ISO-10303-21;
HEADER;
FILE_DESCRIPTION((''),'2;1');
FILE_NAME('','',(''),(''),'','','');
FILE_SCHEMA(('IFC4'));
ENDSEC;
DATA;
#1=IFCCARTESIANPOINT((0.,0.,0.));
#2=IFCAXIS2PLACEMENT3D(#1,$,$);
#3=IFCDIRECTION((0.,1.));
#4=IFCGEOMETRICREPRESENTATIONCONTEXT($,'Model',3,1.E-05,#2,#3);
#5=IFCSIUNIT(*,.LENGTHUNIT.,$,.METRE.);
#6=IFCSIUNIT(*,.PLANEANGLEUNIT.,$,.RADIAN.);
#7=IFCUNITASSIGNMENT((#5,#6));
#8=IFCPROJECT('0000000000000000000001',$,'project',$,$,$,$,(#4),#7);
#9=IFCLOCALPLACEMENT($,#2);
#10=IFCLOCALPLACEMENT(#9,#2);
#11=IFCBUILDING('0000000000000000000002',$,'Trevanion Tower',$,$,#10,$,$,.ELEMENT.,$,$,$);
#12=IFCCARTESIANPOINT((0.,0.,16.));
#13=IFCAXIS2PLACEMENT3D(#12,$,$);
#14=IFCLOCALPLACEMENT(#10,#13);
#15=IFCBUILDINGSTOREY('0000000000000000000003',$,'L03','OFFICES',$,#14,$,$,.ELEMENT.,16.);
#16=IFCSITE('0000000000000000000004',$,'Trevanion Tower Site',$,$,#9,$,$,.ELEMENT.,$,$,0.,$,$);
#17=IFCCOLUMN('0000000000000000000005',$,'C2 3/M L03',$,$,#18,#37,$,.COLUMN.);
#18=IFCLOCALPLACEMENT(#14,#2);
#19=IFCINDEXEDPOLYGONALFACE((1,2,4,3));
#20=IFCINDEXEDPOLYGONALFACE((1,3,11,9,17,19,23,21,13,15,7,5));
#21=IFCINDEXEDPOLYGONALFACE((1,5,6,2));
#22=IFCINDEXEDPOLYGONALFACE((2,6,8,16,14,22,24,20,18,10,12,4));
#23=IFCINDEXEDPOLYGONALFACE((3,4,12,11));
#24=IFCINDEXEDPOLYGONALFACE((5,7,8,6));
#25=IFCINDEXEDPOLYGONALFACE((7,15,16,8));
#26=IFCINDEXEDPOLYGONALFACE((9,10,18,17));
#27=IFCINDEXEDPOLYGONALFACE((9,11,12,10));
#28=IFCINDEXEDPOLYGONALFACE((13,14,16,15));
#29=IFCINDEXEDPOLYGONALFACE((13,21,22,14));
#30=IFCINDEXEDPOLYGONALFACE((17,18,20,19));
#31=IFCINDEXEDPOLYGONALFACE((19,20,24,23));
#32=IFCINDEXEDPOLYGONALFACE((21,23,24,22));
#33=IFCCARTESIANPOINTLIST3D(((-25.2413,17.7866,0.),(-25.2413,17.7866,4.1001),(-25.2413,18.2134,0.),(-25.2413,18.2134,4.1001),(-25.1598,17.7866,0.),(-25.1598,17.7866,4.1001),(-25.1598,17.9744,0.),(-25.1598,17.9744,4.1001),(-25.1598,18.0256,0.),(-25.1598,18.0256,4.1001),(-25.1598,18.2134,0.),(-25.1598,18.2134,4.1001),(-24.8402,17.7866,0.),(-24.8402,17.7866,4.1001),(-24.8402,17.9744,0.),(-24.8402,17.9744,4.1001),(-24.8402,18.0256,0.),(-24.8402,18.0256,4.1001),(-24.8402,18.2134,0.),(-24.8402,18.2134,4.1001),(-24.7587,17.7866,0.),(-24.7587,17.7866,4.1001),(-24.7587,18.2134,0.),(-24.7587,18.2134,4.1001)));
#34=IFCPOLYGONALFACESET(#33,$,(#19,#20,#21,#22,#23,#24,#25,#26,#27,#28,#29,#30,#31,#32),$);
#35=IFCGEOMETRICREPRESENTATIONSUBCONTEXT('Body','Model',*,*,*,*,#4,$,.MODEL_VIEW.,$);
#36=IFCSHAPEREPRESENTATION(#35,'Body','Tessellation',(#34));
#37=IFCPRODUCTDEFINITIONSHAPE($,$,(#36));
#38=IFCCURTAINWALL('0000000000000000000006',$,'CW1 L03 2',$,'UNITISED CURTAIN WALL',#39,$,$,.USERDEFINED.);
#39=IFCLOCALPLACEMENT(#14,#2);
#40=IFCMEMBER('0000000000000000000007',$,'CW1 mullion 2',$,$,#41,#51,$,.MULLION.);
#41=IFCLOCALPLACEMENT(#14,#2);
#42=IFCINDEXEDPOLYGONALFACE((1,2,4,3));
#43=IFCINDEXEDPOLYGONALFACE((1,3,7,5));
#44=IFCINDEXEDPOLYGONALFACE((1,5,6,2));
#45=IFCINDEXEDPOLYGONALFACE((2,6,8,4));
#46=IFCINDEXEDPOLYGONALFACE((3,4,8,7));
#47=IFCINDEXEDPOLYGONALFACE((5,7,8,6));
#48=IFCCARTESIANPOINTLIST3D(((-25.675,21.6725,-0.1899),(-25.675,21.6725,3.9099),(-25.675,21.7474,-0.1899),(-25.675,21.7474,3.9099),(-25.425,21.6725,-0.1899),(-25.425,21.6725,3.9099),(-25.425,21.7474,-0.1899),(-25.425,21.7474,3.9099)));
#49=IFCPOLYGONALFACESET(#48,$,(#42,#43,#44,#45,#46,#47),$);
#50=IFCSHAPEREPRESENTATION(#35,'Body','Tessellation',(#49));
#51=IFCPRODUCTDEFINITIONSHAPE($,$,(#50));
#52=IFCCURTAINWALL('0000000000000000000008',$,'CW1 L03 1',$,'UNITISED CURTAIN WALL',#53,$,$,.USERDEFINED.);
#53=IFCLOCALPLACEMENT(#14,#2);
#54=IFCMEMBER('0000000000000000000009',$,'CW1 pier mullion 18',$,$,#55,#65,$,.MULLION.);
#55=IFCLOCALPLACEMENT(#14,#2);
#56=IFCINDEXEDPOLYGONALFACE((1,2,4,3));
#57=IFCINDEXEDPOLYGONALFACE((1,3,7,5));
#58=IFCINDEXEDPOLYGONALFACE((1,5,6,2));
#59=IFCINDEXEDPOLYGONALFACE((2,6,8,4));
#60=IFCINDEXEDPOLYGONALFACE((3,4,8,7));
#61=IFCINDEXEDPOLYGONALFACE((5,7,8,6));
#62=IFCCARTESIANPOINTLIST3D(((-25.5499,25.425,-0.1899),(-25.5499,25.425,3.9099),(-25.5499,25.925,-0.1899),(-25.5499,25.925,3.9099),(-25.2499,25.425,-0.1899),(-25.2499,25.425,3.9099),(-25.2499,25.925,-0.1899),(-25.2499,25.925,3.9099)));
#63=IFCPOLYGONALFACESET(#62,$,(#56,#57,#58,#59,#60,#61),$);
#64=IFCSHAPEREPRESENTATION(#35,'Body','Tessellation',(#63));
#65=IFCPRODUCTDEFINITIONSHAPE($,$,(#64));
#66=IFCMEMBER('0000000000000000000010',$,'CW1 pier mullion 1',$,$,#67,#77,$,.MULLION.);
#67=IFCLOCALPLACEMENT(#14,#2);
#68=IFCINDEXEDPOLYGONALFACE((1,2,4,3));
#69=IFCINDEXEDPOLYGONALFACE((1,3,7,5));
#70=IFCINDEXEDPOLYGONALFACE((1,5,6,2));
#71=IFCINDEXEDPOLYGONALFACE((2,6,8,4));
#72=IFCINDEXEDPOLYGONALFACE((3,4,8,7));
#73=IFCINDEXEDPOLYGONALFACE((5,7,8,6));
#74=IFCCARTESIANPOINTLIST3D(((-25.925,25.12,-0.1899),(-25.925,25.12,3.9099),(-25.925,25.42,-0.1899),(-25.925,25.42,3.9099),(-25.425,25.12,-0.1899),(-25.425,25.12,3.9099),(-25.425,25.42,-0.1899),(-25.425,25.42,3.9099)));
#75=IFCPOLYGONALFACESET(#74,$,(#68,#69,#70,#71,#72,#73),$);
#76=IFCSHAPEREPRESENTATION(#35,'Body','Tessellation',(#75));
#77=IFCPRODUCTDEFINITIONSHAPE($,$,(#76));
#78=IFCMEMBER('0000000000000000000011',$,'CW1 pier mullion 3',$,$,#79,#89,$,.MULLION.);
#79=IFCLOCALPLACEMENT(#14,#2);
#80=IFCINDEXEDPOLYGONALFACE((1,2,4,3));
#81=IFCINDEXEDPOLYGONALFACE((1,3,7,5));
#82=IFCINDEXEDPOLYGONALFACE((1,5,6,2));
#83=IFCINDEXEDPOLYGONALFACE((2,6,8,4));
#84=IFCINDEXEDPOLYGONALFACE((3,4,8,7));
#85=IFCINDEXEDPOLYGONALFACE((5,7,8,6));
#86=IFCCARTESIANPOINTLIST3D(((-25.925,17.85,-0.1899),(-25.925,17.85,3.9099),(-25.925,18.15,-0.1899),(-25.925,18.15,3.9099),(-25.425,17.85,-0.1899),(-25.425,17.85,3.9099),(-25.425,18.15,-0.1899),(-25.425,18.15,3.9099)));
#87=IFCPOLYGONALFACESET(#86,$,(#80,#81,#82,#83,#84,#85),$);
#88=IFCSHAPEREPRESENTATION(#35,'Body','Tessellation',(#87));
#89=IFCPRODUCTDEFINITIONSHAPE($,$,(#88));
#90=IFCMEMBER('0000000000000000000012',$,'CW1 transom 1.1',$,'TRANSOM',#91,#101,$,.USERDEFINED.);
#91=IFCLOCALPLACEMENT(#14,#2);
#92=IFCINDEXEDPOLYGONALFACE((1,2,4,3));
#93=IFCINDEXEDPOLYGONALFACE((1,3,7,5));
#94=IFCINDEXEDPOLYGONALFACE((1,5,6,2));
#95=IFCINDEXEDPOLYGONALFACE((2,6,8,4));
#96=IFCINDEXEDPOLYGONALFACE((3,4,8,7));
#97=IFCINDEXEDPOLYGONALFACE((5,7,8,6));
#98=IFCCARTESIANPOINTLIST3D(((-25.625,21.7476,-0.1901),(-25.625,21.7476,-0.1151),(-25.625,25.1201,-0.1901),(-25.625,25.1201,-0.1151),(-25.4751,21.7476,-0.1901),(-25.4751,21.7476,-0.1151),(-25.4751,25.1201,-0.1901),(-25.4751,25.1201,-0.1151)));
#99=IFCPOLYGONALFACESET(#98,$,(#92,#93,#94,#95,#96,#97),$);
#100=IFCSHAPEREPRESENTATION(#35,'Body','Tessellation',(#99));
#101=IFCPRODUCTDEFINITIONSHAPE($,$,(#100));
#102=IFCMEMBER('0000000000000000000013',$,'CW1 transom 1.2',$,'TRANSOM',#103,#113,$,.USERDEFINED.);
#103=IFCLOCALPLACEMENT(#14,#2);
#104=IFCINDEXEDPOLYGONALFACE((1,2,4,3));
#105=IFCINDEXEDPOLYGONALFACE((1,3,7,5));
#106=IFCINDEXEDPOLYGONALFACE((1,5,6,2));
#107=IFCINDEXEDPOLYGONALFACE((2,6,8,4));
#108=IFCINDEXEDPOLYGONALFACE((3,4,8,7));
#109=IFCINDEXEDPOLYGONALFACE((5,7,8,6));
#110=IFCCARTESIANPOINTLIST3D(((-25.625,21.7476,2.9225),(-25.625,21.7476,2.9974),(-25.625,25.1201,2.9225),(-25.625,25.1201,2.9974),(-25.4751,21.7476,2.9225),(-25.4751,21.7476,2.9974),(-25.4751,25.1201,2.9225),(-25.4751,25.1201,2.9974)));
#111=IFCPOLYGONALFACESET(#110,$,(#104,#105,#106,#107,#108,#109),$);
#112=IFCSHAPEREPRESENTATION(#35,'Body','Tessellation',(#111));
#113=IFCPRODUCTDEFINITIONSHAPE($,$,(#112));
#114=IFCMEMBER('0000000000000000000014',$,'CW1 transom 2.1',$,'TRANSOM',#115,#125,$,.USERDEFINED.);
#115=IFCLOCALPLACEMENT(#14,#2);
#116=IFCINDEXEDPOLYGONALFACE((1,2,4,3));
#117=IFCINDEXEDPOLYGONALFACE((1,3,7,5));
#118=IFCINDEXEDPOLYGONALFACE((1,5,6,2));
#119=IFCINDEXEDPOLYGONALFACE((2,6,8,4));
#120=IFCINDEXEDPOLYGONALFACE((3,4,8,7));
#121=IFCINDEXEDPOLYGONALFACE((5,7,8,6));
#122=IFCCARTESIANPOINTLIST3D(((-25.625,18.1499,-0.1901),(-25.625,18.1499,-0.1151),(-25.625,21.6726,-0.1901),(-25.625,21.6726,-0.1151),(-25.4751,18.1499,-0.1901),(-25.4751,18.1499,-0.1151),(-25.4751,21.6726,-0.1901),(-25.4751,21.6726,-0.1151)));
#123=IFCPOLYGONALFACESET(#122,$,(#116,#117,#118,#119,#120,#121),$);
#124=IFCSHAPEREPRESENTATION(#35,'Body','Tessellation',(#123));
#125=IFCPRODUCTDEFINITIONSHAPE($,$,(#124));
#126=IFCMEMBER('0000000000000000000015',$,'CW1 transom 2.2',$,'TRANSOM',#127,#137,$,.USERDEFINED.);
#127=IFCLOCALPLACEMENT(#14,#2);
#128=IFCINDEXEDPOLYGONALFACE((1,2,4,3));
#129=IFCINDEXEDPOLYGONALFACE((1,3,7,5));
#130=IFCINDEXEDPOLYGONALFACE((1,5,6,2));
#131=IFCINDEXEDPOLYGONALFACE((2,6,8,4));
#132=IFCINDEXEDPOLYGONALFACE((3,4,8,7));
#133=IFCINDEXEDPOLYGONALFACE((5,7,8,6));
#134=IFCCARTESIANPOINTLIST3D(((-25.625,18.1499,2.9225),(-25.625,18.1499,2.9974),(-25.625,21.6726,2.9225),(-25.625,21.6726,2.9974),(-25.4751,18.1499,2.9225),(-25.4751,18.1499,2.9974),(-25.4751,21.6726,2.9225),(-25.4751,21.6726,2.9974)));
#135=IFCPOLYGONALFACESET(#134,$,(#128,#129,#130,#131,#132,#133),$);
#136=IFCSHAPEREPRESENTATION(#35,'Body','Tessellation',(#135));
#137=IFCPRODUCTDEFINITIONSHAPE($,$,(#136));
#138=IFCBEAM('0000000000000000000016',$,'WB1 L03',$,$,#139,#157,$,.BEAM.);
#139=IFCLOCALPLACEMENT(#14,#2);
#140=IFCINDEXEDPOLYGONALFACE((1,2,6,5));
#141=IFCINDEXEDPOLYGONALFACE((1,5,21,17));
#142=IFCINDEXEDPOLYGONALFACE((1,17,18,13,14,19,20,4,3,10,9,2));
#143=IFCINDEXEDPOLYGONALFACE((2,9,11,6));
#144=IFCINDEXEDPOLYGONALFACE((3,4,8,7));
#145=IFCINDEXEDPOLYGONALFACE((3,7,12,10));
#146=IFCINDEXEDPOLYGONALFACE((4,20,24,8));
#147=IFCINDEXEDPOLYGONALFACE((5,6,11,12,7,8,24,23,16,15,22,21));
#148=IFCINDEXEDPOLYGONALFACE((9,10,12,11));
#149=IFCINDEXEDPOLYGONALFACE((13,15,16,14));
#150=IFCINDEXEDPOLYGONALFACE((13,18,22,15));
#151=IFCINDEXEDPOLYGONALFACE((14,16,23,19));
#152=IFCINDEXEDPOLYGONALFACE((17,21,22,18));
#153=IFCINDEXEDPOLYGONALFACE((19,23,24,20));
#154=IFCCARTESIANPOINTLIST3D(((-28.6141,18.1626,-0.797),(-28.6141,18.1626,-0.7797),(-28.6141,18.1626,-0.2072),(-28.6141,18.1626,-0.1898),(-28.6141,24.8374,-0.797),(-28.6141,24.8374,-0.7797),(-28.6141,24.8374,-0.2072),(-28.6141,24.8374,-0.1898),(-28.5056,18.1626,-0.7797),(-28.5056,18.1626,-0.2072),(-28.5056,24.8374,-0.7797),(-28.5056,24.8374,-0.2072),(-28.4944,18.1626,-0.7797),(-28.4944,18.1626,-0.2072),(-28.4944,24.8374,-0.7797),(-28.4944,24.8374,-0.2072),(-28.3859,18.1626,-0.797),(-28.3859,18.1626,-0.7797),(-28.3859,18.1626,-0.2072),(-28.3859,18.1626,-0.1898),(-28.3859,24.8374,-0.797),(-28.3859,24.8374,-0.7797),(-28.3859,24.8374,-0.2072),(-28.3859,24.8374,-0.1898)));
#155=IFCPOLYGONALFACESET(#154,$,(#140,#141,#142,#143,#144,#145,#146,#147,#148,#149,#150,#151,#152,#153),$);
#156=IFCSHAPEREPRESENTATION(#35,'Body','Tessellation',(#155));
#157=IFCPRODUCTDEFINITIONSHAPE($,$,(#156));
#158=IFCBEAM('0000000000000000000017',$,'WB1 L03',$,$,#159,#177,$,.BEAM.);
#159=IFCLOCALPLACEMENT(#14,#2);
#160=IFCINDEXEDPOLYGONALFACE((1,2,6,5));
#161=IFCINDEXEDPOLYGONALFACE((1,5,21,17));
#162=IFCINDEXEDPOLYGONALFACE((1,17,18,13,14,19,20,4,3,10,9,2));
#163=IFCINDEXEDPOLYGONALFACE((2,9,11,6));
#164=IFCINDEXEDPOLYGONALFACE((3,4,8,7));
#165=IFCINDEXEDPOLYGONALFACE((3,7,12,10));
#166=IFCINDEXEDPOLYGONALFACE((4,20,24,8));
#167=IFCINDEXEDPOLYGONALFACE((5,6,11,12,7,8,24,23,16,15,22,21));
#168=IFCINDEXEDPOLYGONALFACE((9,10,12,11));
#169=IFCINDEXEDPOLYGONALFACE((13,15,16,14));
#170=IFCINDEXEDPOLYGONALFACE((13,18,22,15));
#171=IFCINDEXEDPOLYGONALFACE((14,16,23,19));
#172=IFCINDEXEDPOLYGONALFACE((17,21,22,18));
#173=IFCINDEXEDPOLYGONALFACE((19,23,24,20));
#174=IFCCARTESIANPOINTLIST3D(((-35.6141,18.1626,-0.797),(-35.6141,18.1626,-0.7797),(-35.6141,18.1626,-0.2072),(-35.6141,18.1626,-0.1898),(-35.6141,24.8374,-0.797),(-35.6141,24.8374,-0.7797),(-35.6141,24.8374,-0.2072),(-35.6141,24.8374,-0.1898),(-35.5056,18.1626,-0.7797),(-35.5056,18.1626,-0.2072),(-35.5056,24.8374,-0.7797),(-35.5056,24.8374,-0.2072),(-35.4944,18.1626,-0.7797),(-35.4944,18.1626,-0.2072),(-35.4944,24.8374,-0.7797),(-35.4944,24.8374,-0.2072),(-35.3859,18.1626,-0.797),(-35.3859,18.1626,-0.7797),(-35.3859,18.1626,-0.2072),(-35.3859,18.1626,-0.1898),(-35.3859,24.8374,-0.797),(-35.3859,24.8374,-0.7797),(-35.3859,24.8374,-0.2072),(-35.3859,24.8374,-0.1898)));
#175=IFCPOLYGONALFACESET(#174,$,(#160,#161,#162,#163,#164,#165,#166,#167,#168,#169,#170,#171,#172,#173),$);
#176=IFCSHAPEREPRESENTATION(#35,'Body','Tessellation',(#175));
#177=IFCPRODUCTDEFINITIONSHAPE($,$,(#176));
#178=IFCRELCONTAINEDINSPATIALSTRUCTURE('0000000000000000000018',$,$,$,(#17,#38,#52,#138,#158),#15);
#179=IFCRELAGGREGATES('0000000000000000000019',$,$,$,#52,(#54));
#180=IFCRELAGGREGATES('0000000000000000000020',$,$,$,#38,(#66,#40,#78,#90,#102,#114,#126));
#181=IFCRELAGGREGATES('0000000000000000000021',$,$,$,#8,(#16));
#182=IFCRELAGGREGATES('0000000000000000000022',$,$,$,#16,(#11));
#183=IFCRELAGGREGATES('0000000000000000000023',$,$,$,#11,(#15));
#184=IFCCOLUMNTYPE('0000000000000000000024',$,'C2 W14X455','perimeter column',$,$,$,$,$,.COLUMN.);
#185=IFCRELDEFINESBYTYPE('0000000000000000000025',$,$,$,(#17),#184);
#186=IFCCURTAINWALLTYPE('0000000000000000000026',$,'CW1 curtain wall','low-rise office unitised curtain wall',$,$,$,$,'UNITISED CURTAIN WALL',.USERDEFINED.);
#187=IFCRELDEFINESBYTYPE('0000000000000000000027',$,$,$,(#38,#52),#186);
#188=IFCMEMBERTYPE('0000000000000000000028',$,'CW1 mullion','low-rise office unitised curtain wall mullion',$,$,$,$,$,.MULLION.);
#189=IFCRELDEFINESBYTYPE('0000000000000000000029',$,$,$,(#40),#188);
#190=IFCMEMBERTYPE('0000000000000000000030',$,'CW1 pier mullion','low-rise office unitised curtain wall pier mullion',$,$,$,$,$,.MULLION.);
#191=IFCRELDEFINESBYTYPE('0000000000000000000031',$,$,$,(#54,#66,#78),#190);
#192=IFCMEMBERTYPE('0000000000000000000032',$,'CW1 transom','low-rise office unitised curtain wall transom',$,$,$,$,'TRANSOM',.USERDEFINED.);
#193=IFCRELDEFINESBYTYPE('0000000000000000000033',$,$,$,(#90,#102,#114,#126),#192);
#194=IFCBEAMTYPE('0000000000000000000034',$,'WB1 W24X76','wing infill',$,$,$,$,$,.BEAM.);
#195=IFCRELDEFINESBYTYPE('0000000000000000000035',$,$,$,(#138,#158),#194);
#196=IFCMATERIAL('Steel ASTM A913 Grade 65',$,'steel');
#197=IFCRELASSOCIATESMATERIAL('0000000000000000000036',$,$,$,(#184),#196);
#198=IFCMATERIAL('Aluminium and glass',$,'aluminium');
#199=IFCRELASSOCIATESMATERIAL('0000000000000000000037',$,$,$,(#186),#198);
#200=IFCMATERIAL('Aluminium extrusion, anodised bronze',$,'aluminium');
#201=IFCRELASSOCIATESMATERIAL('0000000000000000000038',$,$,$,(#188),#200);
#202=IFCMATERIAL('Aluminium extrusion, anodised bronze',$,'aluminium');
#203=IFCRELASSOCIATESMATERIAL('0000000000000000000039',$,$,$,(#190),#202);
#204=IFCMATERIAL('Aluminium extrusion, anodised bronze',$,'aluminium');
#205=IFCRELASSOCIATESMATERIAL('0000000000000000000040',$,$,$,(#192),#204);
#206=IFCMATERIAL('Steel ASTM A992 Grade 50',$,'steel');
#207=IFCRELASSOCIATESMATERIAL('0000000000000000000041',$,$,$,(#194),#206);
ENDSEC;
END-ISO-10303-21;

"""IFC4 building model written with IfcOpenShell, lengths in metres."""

from ifc_helpers import new_model, si_unit, direction, frame, origin, origin_2d, place, context, subcontext, project, spatial, rectangle, i_section, extrude, material, material_profile, profile_set, type_object, element, aggregate, save


model = new_model("IFC4")

# Units and contexts
model_context = context("Model", 3, precision=1e-05, world=origin(), true_north=direction((0.0, 1.0)))
body_context = subcontext(model_context, "Body", "Model", "MODEL_VIEW")
ifc_project = project(units=[si_unit("LENGTHUNIT", "METRE"), si_unit("PLANEANGLEUNIT", "RADIAN")], contexts=[model_context])

# Site, building, storey
site_placement = place(None, origin())
site = spatial("IfcSite", under=ifc_project, at=site_placement, Name="Trevanion Tower Site", CompositionType="ELEMENT", RefElevation=0.0)
building_placement = place(site_placement, origin())
building = spatial("IfcBuilding", under=site, at=building_placement, Name="Trevanion Tower", CompositionType="ELEMENT")
storey_placement = place(building_placement, frame((0.0, 0.0, 16.0)))
storey = spatial("IfcBuildingStorey", under=building, at=storey_placement, Name="L03", Description="OFFICES", CompositionType="ELEMENT", Elevation=16.0)

# Column
ifc_material_1 = material(Name="Steel ASTM A913 Grade 65", Category="steel")
ifc_material_profile_1 = material_profile(ifc_material_1, i_section(OverallWidth=0.4268, OverallDepth=0.4827, WebThickness=0.0513, FlangeThickness=0.0815, at=origin_2d()), Name="W14X455")
ifc_profile_set_1 = profile_set([ifc_material_profile_1], Name="Steel ASTM A913 Grade 65")
column_type = type_object("IfcColumnType", Name="C2 W14X455", Description="perimeter column", PredefinedType="COLUMN", material=ifc_profile_set_1)
column_placement = place(storey_placement, frame((-25.0, 18.0, 0.0), z_axis=(0.0, 0.0, 1.0), x_axis=(0.0, 1.0, 0.0)))
element("IfcColumn", 1, at=column_placement, inside=storey, type_object=column_type, Name="C2 3/M L03", PredefinedType="COLUMN", context=body_context, shape_type="SweptSolid", body=[
    extrude(i_section(OverallWidth=0.4268, OverallDepth=0.4827, WebThickness=0.0513, FlangeThickness=0.0815, at=origin_2d()), origin(), (0.0, 0.0, 1.0), 4.1001),
])

# Curtain walls, members
ifc_material_2 = material(Name="Aluminium and glass", Category="aluminium")
curtain_wall_type = type_object("IfcCurtainWallType", Name="CW1 curtain wall", Description="low-rise office unitised curtain wall", ElementType="UNITISED CURTAIN WALL", PredefinedType="USERDEFINED", material=ifc_material_2)
curtain_wall_1_placement = place(storey_placement, origin())
curtain_wall_1 = element("IfcCurtainWall", 2, at=curtain_wall_1_placement, inside=storey, type_object=curtain_wall_type, Name="CW1 L03 2", ObjectType="UNITISED CURTAIN WALL", PredefinedType="USERDEFINED")
ifc_material_3 = material(Name="Aluminium extrusion, anodised bronze", Category="aluminium")
ifc_material_profile_2 = material_profile(ifc_material_3, rectangle(XDim=0.075, YDim=0.25, at=origin_2d()), Name="CW1 mullion")
ifc_profile_set_2 = profile_set([ifc_material_profile_2], Name="Aluminium extrusion, anodised bronze")
member_type_1 = type_object("IfcMemberType", Name="CW1 mullion", Description="low-rise office unitised curtain wall mullion", PredefinedType="MULLION", material=ifc_profile_set_2)
member_1_placement = place(storey_placement, frame((-25.55, 21.71, -0.1899), z_axis=(0.0, 0.0, 1.0), x_axis=(0.0, -1.0, 0.0)))
member_1 = element("IfcMember", 3, at=member_1_placement, type_object=member_type_1, Name="CW1 mullion 2", PredefinedType="MULLION", context=body_context, shape_type="SweptSolid", body=[
    extrude(rectangle(XDim=0.075, YDim=0.25, at=origin_2d()), origin(), (0.0, 0.0, 1.0), 4.0999),
])
curtain_wall_2_placement = place(storey_placement, origin())
curtain_wall_2 = element("IfcCurtainWall", 4, at=curtain_wall_2_placement, inside=storey, type_object=curtain_wall_type, Name="CW1 L03 1", ObjectType="UNITISED CURTAIN WALL", PredefinedType="USERDEFINED")
ifc_material_4 = material(Name="Aluminium extrusion, anodised bronze", Category="aluminium")
ifc_material_profile_3 = material_profile(ifc_material_4, rectangle(XDim=0.3, YDim=0.5, at=origin_2d()), Name="CW1 pier mullion")
ifc_profile_set_3 = profile_set([ifc_material_profile_3], Name="Aluminium extrusion, anodised bronze")
member_type_2 = type_object("IfcMemberType", Name="CW1 pier mullion", Description="low-rise office unitised curtain wall pier mullion", PredefinedType="MULLION", material=ifc_profile_set_3)
member_2_placement = place(storey_placement, frame((-25.3999, 25.675, -0.1899), z_axis=(0.0, 0.0, 1.0), x_axis=(-1.0, 0.0, 0.0)))
member_2 = element("IfcMember", 5, at=member_2_placement, type_object=member_type_2, Name="CW1 pier mullion 18", PredefinedType="MULLION", context=body_context, shape_type="SweptSolid", body=[
    extrude(rectangle(XDim=0.3, YDim=0.5, at=origin_2d()), origin(), (0.0, 0.0, 1.0), 4.0999),
])
aggregate(curtain_wall_2, [member_2])

# Members
member_3_placement = place(storey_placement, frame((-25.675, 25.27, -0.1899), z_axis=(0.0, 0.0, 1.0), x_axis=(0.0, -1.0, 0.0)))
member_3 = element("IfcMember", 6, at=member_3_placement, type_object=member_type_2, Name="CW1 pier mullion 1", PredefinedType="MULLION", context=body_context, shape_type="SweptSolid", body=[
    extrude(rectangle(XDim=0.3, YDim=0.5, at=origin_2d()), origin(), (0.0, 0.0, 1.0), 4.0999),
])
member_4_placement = place(storey_placement, frame((-25.675, 18.0, -0.1899), z_axis=(0.0, 0.0, 1.0), x_axis=(0.0, -1.0, 0.0)))
member_4 = element("IfcMember", 7, at=member_4_placement, type_object=member_type_2, Name="CW1 pier mullion 3", PredefinedType="MULLION", context=body_context, shape_type="SweptSolid", body=[
    extrude(rectangle(XDim=0.3, YDim=0.5, at=origin_2d()), origin(), (0.0, 0.0, 1.0), 4.0999),
])
ifc_material_5 = material(Name="Aluminium extrusion, anodised bronze", Category="aluminium")
ifc_material_profile_4 = material_profile(ifc_material_5, rectangle(XDim=0.1499, YDim=0.075, at=origin_2d()), Name="CW1 transom")
ifc_profile_set_4 = profile_set([ifc_material_profile_4], Name="Aluminium extrusion, anodised bronze")
member_type_3 = type_object("IfcMemberType", Name="CW1 transom", Description="low-rise office unitised curtain wall transom", ElementType="TRANSOM", PredefinedType="USERDEFINED", material=ifc_profile_set_4)
member_5_placement = place(storey_placement, frame((-25.55, 25.1201, -0.1526), z_axis=(0.0, -1.0, 0.0), x_axis=(1.0, 0.0, 0.0)))
member_5 = element("IfcMember", 8, at=member_5_placement, type_object=member_type_3, Name="CW1 transom 1.1", ObjectType="TRANSOM", PredefinedType="USERDEFINED", context=body_context, shape_type="SweptSolid", body=[
    extrude(rectangle(XDim=0.1499, YDim=0.075, at=origin_2d()), origin(), (0.0, 0.0, 1.0), 3.3726),
])
member_6_placement = place(storey_placement, frame((-25.55, 25.1201, 2.96), z_axis=(0.0, -1.0, 0.0), x_axis=(1.0, 0.0, 0.0)))
member_6 = element("IfcMember", 9, at=member_6_placement, type_object=member_type_3, Name="CW1 transom 1.2", ObjectType="TRANSOM", PredefinedType="USERDEFINED", context=body_context, shape_type="SweptSolid", body=[
    extrude(rectangle(XDim=0.1499, YDim=0.075, at=origin_2d()), origin(), (0.0, 0.0, 1.0), 3.3726),
])
member_7_placement = place(storey_placement, frame((-25.55, 21.6726, -0.1526), z_axis=(0.0, -1.0, 0.0), x_axis=(1.0, 0.0, 0.0)))
member_7 = element("IfcMember", 10, at=member_7_placement, type_object=member_type_3, Name="CW1 transom 2.1", ObjectType="TRANSOM", PredefinedType="USERDEFINED", context=body_context, shape_type="SweptSolid", body=[
    extrude(rectangle(XDim=0.1499, YDim=0.075, at=origin_2d()), origin(), (0.0, 0.0, 1.0), 3.5227),
])
member_8_placement = place(storey_placement, frame((-25.55, 21.6726, 2.96), z_axis=(0.0, -1.0, 0.0), x_axis=(1.0, 0.0, 0.0)))
member_8 = element("IfcMember", 11, at=member_8_placement, type_object=member_type_3, Name="CW1 transom 2.2", ObjectType="TRANSOM", PredefinedType="USERDEFINED", context=body_context, shape_type="SweptSolid", body=[
    extrude(rectangle(XDim=0.1499, YDim=0.075, at=origin_2d()), origin(), (0.0, 0.0, 1.0), 3.5227),
])

# Beams
ifc_material_6 = material(Name="Steel ASTM A992 Grade 50", Category="steel")
ifc_material_profile_5 = material_profile(ifc_material_6, i_section(OverallWidth=0.2283, OverallDepth=0.6072, WebThickness=0.0112, FlangeThickness=0.0173, at=origin_2d()), Name="W24X76")
ifc_profile_set_5 = profile_set([ifc_material_profile_5], Name="Steel ASTM A992 Grade 50")
beam_type_1 = type_object("IfcBeamType", Name="WB1 W24X76", Description="wing infill", PredefinedType="BEAM", material=ifc_profile_set_5)
for number, where, z_axis, x_axis, name in (
    (12, (-28.5, 24.8374, -0.4934), (0.0, -1.0, 0.0), (1.0, 0.0, 0.0), "WB1 L03"),
    (13, (-35.5, 24.8374, -0.4934), (0.0, -1.0, 0.0), (1.0, 0.0, 0.0), "WB1 L03"),
):
    element("IfcBeam", number, at=place(storey_placement, frame(where, z_axis=z_axis, x_axis=x_axis)), inside=storey, type_object=beam_type_1, Name=name, PredefinedType="BEAM", context=body_context, shape_type="SweptSolid", body=[
        extrude(i_section(OverallWidth=0.2283, OverallDepth=0.6072, WebThickness=0.0112, FlangeThickness=0.0173, at=origin_2d()), origin(), (0.0, 0.0, 1.0), 6.6748),
    ])

aggregate(curtain_wall_1, [member_3, member_1, member_4, member_5, member_6, member_7, member_8])

save(model, "model.ifc")
